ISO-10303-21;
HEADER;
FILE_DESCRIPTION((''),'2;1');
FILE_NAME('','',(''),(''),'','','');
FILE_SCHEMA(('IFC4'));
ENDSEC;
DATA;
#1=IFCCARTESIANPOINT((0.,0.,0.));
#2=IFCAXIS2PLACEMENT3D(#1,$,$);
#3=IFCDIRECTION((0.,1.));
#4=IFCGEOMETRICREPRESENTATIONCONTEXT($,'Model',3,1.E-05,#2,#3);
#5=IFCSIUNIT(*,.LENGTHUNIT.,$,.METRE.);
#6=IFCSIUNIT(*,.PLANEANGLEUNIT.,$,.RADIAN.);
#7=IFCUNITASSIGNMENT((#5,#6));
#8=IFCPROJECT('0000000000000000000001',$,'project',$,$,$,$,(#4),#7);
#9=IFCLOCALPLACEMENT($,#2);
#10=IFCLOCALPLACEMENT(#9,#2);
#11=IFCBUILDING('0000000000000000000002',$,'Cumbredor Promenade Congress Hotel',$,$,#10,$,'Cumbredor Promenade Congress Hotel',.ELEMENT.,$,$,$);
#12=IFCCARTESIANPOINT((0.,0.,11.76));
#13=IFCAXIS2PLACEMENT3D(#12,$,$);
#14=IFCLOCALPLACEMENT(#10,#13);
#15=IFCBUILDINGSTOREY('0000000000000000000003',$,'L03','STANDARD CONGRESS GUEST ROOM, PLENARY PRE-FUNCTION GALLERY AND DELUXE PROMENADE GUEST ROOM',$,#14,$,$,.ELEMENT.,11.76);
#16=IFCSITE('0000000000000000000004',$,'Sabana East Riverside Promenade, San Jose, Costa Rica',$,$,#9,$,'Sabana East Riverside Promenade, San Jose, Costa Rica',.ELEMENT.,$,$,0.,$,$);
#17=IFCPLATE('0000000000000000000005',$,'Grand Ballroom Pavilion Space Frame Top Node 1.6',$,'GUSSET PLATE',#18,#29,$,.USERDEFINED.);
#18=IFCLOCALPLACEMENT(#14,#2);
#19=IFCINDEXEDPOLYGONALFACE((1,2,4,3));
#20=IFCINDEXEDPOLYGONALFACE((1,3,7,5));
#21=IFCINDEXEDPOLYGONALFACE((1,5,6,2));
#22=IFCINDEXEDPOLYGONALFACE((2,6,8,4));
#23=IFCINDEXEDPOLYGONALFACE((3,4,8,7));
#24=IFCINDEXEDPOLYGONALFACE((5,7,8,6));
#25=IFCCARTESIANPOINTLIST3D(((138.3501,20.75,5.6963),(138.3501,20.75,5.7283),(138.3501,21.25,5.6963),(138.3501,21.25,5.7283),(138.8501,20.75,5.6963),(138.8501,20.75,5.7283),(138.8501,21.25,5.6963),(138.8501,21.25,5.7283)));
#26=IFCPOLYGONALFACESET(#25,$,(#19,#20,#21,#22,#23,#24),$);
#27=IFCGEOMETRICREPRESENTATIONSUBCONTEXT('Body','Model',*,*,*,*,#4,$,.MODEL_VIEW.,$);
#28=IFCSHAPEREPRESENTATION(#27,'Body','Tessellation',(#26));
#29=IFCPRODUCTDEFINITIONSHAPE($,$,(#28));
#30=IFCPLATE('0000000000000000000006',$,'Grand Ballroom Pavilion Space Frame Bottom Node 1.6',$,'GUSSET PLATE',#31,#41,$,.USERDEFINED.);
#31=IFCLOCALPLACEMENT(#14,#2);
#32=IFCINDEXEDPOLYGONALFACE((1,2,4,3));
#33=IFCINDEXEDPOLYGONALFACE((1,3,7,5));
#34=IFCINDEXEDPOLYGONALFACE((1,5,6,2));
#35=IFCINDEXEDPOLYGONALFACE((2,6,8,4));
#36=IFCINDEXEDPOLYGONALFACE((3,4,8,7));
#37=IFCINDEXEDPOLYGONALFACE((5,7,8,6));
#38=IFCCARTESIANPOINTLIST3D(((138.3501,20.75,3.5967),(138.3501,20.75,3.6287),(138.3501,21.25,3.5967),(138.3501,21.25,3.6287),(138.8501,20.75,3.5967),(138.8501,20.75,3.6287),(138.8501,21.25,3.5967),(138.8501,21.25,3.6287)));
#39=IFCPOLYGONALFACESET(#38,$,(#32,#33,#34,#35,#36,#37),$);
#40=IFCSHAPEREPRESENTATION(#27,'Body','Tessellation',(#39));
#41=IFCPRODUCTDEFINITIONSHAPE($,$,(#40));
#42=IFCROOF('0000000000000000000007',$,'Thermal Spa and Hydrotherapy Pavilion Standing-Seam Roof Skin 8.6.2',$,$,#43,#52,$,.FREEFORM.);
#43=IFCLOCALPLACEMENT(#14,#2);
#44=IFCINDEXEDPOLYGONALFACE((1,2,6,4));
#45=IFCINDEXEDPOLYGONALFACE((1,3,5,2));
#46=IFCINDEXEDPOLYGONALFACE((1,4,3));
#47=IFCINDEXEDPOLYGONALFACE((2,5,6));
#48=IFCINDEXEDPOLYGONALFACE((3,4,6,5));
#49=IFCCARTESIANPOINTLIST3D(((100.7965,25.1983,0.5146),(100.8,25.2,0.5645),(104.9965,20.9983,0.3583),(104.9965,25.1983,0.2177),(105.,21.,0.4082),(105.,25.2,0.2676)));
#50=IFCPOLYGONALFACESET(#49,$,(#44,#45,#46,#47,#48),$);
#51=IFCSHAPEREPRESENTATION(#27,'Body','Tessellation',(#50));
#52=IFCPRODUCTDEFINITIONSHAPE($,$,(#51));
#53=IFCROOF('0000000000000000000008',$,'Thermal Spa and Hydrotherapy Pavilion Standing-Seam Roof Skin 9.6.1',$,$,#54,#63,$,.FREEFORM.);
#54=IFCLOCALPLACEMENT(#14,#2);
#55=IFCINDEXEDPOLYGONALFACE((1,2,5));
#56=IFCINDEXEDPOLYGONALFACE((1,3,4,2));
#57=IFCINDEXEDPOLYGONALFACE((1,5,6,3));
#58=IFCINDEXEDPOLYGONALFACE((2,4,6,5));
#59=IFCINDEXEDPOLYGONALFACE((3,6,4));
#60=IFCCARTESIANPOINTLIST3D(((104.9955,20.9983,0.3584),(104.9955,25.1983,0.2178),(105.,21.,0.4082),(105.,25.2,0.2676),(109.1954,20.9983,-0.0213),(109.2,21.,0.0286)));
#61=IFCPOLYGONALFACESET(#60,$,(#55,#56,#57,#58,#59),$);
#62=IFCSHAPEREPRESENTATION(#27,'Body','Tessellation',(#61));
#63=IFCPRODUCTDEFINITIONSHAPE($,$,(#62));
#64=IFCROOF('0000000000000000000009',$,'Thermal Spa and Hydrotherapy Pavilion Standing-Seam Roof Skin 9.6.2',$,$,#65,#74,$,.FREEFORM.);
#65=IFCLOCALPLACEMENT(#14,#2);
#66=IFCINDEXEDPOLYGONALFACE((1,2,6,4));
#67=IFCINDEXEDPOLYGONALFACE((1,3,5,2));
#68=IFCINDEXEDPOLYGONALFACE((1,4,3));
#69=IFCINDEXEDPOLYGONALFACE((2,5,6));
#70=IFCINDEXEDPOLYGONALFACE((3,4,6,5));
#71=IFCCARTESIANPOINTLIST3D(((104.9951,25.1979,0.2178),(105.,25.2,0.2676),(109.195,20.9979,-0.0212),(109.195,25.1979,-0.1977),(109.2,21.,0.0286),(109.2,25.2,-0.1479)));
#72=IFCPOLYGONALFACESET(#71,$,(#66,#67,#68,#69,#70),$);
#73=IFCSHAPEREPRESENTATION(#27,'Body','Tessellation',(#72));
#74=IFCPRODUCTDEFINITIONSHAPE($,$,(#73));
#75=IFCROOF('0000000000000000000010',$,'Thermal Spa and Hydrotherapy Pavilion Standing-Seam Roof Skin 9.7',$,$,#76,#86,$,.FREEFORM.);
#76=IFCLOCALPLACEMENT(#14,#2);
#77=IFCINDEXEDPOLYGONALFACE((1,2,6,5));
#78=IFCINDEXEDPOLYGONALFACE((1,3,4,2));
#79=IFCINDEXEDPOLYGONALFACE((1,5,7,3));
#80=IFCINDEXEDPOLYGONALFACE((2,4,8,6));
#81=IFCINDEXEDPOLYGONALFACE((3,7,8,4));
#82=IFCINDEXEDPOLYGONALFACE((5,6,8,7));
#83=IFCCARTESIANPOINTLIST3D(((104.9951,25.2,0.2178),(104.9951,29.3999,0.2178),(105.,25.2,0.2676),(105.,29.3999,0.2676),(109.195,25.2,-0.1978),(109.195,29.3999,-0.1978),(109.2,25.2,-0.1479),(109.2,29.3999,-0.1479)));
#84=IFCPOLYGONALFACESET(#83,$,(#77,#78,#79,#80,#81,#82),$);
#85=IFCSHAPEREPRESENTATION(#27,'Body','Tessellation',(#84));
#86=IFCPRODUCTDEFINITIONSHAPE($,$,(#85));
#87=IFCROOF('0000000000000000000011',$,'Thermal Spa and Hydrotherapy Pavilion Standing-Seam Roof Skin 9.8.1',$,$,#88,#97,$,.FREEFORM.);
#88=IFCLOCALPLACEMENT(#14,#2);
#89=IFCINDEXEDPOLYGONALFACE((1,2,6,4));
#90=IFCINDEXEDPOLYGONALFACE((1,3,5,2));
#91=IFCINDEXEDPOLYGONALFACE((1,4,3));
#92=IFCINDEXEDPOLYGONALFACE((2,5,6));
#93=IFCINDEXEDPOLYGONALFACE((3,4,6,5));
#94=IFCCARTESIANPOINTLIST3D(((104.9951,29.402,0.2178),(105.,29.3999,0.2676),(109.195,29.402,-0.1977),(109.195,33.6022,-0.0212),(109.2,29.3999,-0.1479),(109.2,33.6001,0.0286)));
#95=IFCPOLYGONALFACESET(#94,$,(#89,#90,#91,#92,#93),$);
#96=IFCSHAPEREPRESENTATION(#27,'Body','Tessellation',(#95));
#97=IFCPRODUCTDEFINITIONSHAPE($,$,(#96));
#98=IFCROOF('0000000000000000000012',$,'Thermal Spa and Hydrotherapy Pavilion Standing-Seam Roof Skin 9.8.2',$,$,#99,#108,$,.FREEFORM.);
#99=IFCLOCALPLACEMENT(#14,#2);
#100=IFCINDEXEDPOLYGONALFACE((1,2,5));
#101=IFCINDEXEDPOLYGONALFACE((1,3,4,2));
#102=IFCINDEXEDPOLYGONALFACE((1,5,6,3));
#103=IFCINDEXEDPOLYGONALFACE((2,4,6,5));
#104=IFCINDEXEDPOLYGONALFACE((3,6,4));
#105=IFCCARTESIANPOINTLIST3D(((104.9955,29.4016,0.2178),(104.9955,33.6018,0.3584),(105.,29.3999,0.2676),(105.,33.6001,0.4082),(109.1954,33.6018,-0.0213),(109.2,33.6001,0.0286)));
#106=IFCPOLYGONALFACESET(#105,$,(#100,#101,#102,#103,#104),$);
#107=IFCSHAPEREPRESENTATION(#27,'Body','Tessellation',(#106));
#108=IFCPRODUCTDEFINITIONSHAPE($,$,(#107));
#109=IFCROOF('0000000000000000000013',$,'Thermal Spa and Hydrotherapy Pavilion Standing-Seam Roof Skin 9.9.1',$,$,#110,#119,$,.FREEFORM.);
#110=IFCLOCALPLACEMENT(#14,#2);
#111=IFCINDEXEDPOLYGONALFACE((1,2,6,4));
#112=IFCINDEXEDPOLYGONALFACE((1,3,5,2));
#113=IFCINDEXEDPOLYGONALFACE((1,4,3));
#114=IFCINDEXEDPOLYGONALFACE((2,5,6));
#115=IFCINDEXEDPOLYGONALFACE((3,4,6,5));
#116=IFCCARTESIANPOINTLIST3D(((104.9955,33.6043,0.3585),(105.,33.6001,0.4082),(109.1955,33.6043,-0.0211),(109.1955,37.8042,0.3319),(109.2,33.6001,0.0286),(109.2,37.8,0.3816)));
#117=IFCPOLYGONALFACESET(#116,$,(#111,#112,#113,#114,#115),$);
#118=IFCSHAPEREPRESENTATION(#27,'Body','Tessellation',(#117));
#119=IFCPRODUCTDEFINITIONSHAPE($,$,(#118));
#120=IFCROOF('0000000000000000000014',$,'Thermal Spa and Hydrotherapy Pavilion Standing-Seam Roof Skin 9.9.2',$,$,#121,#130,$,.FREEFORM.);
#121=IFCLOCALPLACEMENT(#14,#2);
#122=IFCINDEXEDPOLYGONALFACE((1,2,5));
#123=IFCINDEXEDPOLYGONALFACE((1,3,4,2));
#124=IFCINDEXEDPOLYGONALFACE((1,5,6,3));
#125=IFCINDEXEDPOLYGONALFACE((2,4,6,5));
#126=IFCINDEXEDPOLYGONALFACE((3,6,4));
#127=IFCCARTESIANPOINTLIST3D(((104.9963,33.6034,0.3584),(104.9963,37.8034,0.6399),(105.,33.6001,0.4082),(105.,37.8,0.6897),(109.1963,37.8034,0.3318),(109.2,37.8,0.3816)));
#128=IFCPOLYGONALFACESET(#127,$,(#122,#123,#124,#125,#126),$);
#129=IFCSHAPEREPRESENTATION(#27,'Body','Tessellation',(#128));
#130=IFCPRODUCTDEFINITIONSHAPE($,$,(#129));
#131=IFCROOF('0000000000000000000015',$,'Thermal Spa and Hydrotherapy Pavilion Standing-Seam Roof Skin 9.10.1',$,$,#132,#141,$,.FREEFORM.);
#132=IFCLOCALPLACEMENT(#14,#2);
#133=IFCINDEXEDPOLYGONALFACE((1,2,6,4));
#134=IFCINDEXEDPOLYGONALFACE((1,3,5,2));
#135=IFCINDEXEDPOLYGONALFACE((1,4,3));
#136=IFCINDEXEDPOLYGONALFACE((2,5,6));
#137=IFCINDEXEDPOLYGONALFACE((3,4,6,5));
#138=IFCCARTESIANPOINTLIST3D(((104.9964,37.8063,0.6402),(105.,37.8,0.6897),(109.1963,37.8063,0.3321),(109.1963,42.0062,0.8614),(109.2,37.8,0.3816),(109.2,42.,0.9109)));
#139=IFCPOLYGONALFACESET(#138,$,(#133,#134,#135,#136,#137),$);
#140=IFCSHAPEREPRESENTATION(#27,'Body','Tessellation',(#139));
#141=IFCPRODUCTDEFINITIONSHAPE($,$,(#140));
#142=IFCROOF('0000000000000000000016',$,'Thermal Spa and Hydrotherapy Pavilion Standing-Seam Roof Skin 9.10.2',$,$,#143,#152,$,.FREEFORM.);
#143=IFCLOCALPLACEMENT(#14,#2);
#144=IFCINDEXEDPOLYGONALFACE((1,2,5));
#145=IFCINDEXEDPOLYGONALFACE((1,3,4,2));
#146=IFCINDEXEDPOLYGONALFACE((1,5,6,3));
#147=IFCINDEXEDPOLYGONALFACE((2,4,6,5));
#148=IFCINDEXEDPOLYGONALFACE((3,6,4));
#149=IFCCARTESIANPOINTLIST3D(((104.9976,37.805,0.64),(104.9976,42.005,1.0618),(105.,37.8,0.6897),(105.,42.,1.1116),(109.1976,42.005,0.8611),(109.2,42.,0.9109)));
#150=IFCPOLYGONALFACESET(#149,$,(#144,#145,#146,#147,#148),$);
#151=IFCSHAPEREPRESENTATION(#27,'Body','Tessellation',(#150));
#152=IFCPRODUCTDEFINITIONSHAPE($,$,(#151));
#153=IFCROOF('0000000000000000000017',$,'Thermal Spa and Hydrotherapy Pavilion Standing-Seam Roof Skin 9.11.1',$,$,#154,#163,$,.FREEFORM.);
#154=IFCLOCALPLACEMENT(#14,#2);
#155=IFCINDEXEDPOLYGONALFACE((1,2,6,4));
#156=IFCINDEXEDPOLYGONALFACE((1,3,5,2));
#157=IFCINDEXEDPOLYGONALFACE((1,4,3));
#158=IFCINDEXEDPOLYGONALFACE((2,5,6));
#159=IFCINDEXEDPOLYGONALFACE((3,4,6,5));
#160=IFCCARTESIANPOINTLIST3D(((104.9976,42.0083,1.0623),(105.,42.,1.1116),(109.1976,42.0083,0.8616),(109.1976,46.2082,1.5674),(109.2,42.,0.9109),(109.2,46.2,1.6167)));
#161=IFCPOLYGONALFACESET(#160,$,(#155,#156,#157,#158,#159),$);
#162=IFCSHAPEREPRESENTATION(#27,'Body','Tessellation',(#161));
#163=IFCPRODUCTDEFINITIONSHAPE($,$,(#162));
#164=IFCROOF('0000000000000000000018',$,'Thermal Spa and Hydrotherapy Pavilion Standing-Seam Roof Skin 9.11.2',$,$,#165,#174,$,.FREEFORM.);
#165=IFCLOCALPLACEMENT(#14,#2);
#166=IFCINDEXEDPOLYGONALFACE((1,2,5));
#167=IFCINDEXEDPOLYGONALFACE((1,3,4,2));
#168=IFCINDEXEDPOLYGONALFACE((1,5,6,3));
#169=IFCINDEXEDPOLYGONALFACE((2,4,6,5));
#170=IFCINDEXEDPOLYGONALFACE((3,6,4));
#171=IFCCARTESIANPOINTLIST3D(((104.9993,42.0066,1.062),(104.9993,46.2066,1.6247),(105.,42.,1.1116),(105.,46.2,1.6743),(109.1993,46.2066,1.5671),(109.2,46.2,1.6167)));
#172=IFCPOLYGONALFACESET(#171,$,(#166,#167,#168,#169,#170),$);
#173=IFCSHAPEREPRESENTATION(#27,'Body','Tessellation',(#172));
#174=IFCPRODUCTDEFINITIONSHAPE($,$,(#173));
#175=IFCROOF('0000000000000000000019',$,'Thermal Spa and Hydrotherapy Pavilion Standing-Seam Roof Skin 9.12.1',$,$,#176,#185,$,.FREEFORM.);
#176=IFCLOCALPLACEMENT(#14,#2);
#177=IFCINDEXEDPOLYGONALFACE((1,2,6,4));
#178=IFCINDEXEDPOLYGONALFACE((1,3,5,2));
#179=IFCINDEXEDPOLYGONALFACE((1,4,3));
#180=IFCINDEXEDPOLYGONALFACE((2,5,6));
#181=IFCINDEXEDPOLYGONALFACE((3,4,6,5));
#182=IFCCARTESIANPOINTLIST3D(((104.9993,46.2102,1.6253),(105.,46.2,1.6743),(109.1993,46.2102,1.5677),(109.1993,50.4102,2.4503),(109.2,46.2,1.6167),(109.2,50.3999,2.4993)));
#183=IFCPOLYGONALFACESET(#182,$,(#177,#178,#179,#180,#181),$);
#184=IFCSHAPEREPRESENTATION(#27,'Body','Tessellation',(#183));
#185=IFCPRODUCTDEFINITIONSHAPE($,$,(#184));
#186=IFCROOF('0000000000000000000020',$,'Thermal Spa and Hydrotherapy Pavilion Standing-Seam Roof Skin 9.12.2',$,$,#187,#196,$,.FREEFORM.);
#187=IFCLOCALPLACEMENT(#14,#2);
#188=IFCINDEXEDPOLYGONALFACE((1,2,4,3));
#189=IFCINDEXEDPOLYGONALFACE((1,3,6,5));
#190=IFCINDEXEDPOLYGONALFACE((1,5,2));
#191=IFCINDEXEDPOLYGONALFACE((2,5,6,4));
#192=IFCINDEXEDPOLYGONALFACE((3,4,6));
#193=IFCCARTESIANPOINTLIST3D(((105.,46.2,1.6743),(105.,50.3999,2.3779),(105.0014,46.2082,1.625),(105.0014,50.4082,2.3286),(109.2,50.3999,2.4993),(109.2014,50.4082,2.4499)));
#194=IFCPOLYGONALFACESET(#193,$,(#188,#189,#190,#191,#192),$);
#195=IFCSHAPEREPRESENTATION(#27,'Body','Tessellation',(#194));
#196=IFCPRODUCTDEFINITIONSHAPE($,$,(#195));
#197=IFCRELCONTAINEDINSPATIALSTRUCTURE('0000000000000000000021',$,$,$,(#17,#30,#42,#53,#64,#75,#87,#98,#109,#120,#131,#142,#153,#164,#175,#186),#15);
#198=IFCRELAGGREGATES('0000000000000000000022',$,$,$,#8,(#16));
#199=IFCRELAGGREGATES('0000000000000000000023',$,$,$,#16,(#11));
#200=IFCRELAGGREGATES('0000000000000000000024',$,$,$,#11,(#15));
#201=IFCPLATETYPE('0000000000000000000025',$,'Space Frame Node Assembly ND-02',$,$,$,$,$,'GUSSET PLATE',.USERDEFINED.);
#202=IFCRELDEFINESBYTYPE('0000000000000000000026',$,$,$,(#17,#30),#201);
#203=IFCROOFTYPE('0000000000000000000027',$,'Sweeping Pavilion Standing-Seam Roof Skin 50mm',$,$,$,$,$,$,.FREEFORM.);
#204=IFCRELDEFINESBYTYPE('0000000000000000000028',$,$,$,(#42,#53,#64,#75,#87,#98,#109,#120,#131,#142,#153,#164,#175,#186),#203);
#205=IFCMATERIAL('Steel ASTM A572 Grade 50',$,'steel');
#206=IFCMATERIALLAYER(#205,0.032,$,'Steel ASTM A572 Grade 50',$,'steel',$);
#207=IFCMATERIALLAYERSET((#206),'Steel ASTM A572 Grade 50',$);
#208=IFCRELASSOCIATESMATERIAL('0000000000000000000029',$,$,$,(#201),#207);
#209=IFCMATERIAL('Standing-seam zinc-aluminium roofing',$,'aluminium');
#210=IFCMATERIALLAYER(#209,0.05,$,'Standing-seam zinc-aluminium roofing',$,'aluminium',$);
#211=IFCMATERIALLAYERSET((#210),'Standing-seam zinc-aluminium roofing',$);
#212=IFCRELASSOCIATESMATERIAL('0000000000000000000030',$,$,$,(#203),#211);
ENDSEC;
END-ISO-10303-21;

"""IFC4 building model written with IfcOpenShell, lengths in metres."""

from ifc_helpers import new_model, si_unit, direction, frame, origin, origin_2d, place, context, subcontext, project, spatial, polyline, rectangle, outline, extrude, material, layer, layer_set, type_object, element, save


model = new_model("IFC4")

# Units and contexts
model_context = context("Model", 3, precision=1e-05, world=origin(), true_north=direction((0.0, 1.0)))
body_context = subcontext(model_context, "Body", "Model", "MODEL_VIEW")
ifc_project = project(units=[si_unit("LENGTHUNIT", "METRE"), si_unit("PLANEANGLEUNIT", "RADIAN")], contexts=[model_context])

# Site, building, storey
site_placement = place(None, origin())
site = spatial("IfcSite", under=ifc_project, at=site_placement, Name="Sabana East Riverside Promenade, San Jose, Costa Rica", LongName="Sabana East Riverside Promenade, San Jose, Costa Rica", CompositionType="ELEMENT", RefElevation=0.0)
building_placement = place(site_placement, origin())
building = spatial("IfcBuilding", under=site, at=building_placement, Name="Cumbredor Promenade Congress Hotel", LongName="Cumbredor Promenade Congress Hotel", CompositionType="ELEMENT")
storey_placement = place(building_placement, frame((0.0, 0.0, 11.76)))
storey = spatial("IfcBuildingStorey", under=building, at=storey_placement, Name="L03", Description="STANDARD CONGRESS GUEST ROOM, PLENARY PRE-FUNCTION GALLERY AND DELUXE PROMENADE GUEST ROOM", CompositionType="ELEMENT", Elevation=11.76)

# Plates
ifc_material_1 = material(Name="Steel ASTM A572 Grade 50", Category="steel")
ifc_layer_1 = layer(ifc_material_1, 0.032, Name="Steel ASTM A572 Grade 50", Category="steel")
ifc_layer_set_1 = layer_set([ifc_layer_1], Name="Steel ASTM A572 Grade 50")
plate_type = type_object("IfcPlateType", Name="Space Frame Node Assembly ND-02", ElementType="GUSSET PLATE", PredefinedType="USERDEFINED", material=ifc_layer_set_1)
for number, where, z_axis, x_axis, name in (
    (1, (138.6001, 21.0, 5.6963), (0.0, 0.0, 1.0), (1.0, 0.0, 0.0), "Grand Ballroom Pavilion Space Frame Top Node 1.6"),
    (2, (138.6001, 21.0, 3.5967), (0.0, 0.0, 1.0), (1.0, 0.0, 0.0), "Grand Ballroom Pavilion Space Frame Bottom Node 1.6"),
):
    element("IfcPlate", number, at=place(storey_placement, frame(where, z_axis=z_axis, x_axis=x_axis)), inside=storey, type_object=plate_type, Name=name, ObjectType="GUSSET PLATE", PredefinedType="USERDEFINED", context=body_context, shape_type="SweptSolid", body=[
        extrude(rectangle(XDim=0.5, YDim=0.5, at=origin_2d()), origin(), (0.0, 0.0, 1.0), 0.032),
    ])

# Roofs
ifc_material_2 = material(Name="Standing-seam zinc-aluminium roofing", Category="aluminium")
ifc_layer_2 = layer(ifc_material_2, 0.05, Name="Standing-seam zinc-aluminium roofing", Category="aluminium")
ifc_layer_set_2 = layer_set([ifc_layer_2], Name="Standing-seam zinc-aluminium roofing")
roof_type = type_object("IfcRoofType", Name="Sweeping Pavilion Standing-Seam Roof Skin 50mm", PredefinedType="FREEFORM", material=ifc_layer_set_2)
roof_1_placement = place(storey_placement, frame((105.0, 21.0, 0.4082), z_axis=(0.07047, 0.033381, 0.996955), x_axis=(0.0, 0.99944, -0.033464)))
element("IfcRoof", 3, at=roof_1_placement, inside=storey, type_object=roof_type, Name="Thermal Spa and Hydrotherapy Pavilion Standing-Seam Roof Skin 8.6.2", PredefinedType="FREEFORM", context=body_context, shape_type="SweptSolid", body=[
    extrude(outline(polyline([(0.0, 0.0), (4.2023, 0.0), (4.1924, 4.2104), (0.0, 0.0)])), origin(), (0.0, 0.0, -1.0), 0.05),
])
roof_2_placement = place(storey_placement, frame((105.0, 21.0, 0.4082), z_axis=(0.089974, 0.033328, 0.995386), x_axis=(0.99594, 0.0, -0.090024)))
element("IfcRoof", 4, at=roof_2_placement, inside=storey, type_object=roof_type, Name="Thermal Spa and Hydrotherapy Pavilion Standing-Seam Roof Skin 9.6.1", PredefinedType="FREEFORM", context=body_context, shape_type="SweptSolid", body=[
    extrude(outline(polyline([(0.0, 0.0), (4.2171, 0.0), (0.0127, 4.2023), (0.0, 0.0)])), origin(), (0.0, 0.0, -1.0), 0.05),
])
roof_3_placement = place(storey_placement, frame((109.2, 21.0, 0.0286), z_axis=(0.09837, 0.041787, 0.994272), x_axis=(0.0, 0.999118, -0.04199)))
element("IfcRoof", 5, at=roof_3_placement, inside=storey, type_object=roof_type, Name="Thermal Spa and Hydrotherapy Pavilion Standing-Seam Roof Skin 9.6.2", PredefinedType="FREEFORM", context=body_context, shape_type="SweptSolid", body=[
    extrude(outline(polyline([(0.0, 0.0), (4.2037, 0.0), (4.1862, 4.2204), (0.0, 0.0)])), origin(), (0.0, 0.0, -1.0), 0.05),
])
roof_4_placement = place(storey_placement, frame((105.0, 25.2, 0.2676), z_axis=(0.098456, 0.0, 0.995141), x_axis=(0.995141, 0.0, -0.098456)))
element("IfcRoof", 6, at=roof_4_placement, inside=storey, type_object=roof_type, Name="Thermal Spa and Hydrotherapy Pavilion Standing-Seam Roof Skin 9.7", PredefinedType="FREEFORM", context=body_context, shape_type="SweptSolid", body=[
    extrude(outline(polyline([(0.0, 0.0), (4.2205, 0.0), (4.2205, 4.2), (0.0, 4.2), (0.0, 0.0)])), origin(), (0.0, 0.0, -1.0), 0.05),
])
roof_5_placement = place(storey_placement, frame((105.0, 29.3999, 0.2676), z_axis=(0.09837, -0.041784, 0.994272), x_axis=(0.995141, 0.0, -0.098456)))
element("IfcRoof", 7, at=roof_5_placement, inside=storey, type_object=roof_type, Name="Thermal Spa and Hydrotherapy Pavilion Standing-Seam Roof Skin 9.8.1", PredefinedType="FREEFORM", context=body_context, shape_type="SweptSolid", body=[
    extrude(outline(polyline([(0.0, 0.0), (4.2205, 0.0), (4.2031, 4.2039), (0.0, 0.0)])), origin(), (0.0, 0.0, -1.0), 0.05),
])
roof_6_placement = place(storey_placement, frame((105.0, 29.3999, 0.2676), z_axis=(0.089974, -0.033326, 0.995386), x_axis=(0.706514, 0.706556, -0.040207)))
element("IfcRoof", 8, at=roof_6_placement, inside=storey, type_object=roof_type, Name="Thermal Spa and Hydrotherapy Pavilion Standing-Seam Roof Skin 9.8.2", PredefinedType="FREEFORM", context=body_context, shape_type="SweptSolid", body=[
    extrude(outline(polyline([(0.0, 0.0), (5.9446, 0.0), (2.962, 2.9813), (0.0, 0.0)])), origin(), (0.0, 0.0, -1.0), 0.05),
])
roof_7_placement = place(storey_placement, frame((105.0, 33.6001, 0.4082), z_axis=(0.08971, -0.083422, 0.992468), x_axis=(0.99594, 0.0, -0.090024)))
element("IfcRoof", 9, at=roof_7_placement, inside=storey, type_object=roof_type, Name="Thermal Spa and Hydrotherapy Pavilion Standing-Seam Roof Skin 9.9.1", PredefinedType="FREEFORM", context=body_context, shape_type="SweptSolid", body=[
    extrude(outline(polyline([(0.0, 0.0), (4.2171, 0.0), (4.1853, 4.2146), (0.0, 0.0)])), origin(), (0.0, 0.0, -1.0), 0.05),
])
roof_8_placement = place(storey_placement, frame((105.0, 33.6001, 0.4082), z_axis=(0.073, -0.066695, 0.995099), x_axis=(0.7071, 0.7071, -0.00448)))
element("IfcRoof", 10, at=roof_8_placement, inside=storey, type_object=roof_type, Name="Thermal Spa and Hydrotherapy Pavilion Standing-Seam Roof Skin 9.9.2", PredefinedType="FREEFORM", context=body_context, shape_type="SweptSolid", body=[
    extrude(outline(polyline([(0.0, 0.0), (5.9397, 0.0), (2.9685, 2.9844), (0.0, 0.0)])), origin(), (0.0, 0.0, -1.0), 0.05),
])
roof_9_placement = place(storey_placement, frame((105.0, 37.8, 0.6897), z_axis=(0.072592, -0.124706, 0.989535), x_axis=(0.99732, 0.0, -0.073163)))
element("IfcRoof", 11, at=roof_9_placement, inside=storey, type_object=roof_type, Name="Thermal Spa and Hydrotherapy Pavilion Standing-Seam Roof Skin 9.10.1", PredefinedType="FREEFORM", context=body_context, shape_type="SweptSolid", body=[
    extrude(outline(polyline([(0.0, 0.0), (4.2112, 0.0), (4.1725, 4.233), (0.0, 0.0)])), origin(), (0.0, 0.0, -1.0), 0.05),
])
roof_10_placement = place(storey_placement, frame((105.0, 37.8, 0.6897), z_axis=(0.047489, -0.099832, 0.99387), x_axis=(0.706617, 0.706617, 0.037214)))
element("IfcRoof", 12, at=roof_10_placement, inside=storey, type_object=roof_type, Name="Thermal Spa and Hydrotherapy Pavilion Standing-Seam Roof Skin 9.10.2", PredefinedType="FREEFORM", context=body_context, shape_type="SweptSolid", body=[
    extrude(outline(polyline([(0.0, 0.0), (5.9437, 0.0), (2.9835, 2.9861), (0.0, 0.0)])), origin(), (0.0, 0.0, -1.0), 0.05),
])
roof_11_placement = place(storey_placement, frame((105.0, 42.0, 1.1116), z_axis=(0.047069, -0.165544, 0.985078), x_axis=(0.99886, 0.0, -0.047728)))
element("IfcRoof", 13, at=roof_11_placement, inside=storey, type_object=roof_type, Name="Thermal Spa and Hydrotherapy Pavilion Standing-Seam Roof Skin 9.11.1", PredefinedType="FREEFORM", context=body_context, shape_type="SweptSolid", body=[
    extrude(outline(polyline([(0.0, 0.0), (4.2047, 0.0), (4.1711, 4.2587), (0.0, 0.0)])), origin(), (0.0, 0.0, -1.0), 0.05),
])
roof_12_placement = place(storey_placement, frame((105.0, 42.0, 1.1116), z_axis=(0.013596, -0.132789, 0.991051), x_axis=(0.704564, 0.704564, 0.084738)))
element("IfcRoof", 14, at=roof_12_placement, inside=storey, type_object=roof_type, Name="Thermal Spa and Hydrotherapy Pavilion Standing-Seam Roof Skin 9.11.2", PredefinedType="FREEFORM", context=body_context, shape_type="SweptSolid", body=[
    extrude(outline(polyline([(0.0, 0.0), (5.9611, 0.0), (3.0068, 2.9859), (0.0, 0.0)])), origin(), (0.0, 0.0, -1.0), 0.05),
])
roof_13_placement = place(storey_placement, frame((105.0, 46.2, 1.6743), z_axis=(0.013424, -0.205628, 0.978538), x_axis=(0.999906, 0.0, -0.013717)))
element("IfcRoof", 15, at=roof_13_placement, inside=storey, type_object=roof_type, Name="Thermal Spa and Hydrotherapy Pavilion Standing-Seam Roof Skin 9.12.1", PredefinedType="FREEFORM", context=body_context, shape_type="SweptSolid", body=[
    extrude(outline(polyline([(0.0, 0.0), (4.2003, 0.0), (4.1882, 4.2917), (0.0, 0.0)])), origin(), (0.0, 0.0, -1.0), 0.05),
])
roof_14_placement = place(storey_placement, frame((105.0, 46.2, 1.6743), z_axis=(-0.028482, -0.165159, 0.985856), x_axis=(0.700384, 0.700384, 0.137569)))
element("IfcRoof", 16, at=roof_14_placement, inside=storey, type_object=roof_type, Name="Thermal Spa and Hydrotherapy Pavilion Standing-Seam Roof Skin 9.12.2", PredefinedType="FREEFORM", context=body_context, shape_type="SweptSolid", body=[
    extrude(outline(polyline([(0.0, 0.0), (5.9966, 0.0), (3.0384, 2.9838), (0.0, 0.0)])), origin(), (0.0, 0.0, -1.0), 0.05),
])

save(model, "model.ifc")
